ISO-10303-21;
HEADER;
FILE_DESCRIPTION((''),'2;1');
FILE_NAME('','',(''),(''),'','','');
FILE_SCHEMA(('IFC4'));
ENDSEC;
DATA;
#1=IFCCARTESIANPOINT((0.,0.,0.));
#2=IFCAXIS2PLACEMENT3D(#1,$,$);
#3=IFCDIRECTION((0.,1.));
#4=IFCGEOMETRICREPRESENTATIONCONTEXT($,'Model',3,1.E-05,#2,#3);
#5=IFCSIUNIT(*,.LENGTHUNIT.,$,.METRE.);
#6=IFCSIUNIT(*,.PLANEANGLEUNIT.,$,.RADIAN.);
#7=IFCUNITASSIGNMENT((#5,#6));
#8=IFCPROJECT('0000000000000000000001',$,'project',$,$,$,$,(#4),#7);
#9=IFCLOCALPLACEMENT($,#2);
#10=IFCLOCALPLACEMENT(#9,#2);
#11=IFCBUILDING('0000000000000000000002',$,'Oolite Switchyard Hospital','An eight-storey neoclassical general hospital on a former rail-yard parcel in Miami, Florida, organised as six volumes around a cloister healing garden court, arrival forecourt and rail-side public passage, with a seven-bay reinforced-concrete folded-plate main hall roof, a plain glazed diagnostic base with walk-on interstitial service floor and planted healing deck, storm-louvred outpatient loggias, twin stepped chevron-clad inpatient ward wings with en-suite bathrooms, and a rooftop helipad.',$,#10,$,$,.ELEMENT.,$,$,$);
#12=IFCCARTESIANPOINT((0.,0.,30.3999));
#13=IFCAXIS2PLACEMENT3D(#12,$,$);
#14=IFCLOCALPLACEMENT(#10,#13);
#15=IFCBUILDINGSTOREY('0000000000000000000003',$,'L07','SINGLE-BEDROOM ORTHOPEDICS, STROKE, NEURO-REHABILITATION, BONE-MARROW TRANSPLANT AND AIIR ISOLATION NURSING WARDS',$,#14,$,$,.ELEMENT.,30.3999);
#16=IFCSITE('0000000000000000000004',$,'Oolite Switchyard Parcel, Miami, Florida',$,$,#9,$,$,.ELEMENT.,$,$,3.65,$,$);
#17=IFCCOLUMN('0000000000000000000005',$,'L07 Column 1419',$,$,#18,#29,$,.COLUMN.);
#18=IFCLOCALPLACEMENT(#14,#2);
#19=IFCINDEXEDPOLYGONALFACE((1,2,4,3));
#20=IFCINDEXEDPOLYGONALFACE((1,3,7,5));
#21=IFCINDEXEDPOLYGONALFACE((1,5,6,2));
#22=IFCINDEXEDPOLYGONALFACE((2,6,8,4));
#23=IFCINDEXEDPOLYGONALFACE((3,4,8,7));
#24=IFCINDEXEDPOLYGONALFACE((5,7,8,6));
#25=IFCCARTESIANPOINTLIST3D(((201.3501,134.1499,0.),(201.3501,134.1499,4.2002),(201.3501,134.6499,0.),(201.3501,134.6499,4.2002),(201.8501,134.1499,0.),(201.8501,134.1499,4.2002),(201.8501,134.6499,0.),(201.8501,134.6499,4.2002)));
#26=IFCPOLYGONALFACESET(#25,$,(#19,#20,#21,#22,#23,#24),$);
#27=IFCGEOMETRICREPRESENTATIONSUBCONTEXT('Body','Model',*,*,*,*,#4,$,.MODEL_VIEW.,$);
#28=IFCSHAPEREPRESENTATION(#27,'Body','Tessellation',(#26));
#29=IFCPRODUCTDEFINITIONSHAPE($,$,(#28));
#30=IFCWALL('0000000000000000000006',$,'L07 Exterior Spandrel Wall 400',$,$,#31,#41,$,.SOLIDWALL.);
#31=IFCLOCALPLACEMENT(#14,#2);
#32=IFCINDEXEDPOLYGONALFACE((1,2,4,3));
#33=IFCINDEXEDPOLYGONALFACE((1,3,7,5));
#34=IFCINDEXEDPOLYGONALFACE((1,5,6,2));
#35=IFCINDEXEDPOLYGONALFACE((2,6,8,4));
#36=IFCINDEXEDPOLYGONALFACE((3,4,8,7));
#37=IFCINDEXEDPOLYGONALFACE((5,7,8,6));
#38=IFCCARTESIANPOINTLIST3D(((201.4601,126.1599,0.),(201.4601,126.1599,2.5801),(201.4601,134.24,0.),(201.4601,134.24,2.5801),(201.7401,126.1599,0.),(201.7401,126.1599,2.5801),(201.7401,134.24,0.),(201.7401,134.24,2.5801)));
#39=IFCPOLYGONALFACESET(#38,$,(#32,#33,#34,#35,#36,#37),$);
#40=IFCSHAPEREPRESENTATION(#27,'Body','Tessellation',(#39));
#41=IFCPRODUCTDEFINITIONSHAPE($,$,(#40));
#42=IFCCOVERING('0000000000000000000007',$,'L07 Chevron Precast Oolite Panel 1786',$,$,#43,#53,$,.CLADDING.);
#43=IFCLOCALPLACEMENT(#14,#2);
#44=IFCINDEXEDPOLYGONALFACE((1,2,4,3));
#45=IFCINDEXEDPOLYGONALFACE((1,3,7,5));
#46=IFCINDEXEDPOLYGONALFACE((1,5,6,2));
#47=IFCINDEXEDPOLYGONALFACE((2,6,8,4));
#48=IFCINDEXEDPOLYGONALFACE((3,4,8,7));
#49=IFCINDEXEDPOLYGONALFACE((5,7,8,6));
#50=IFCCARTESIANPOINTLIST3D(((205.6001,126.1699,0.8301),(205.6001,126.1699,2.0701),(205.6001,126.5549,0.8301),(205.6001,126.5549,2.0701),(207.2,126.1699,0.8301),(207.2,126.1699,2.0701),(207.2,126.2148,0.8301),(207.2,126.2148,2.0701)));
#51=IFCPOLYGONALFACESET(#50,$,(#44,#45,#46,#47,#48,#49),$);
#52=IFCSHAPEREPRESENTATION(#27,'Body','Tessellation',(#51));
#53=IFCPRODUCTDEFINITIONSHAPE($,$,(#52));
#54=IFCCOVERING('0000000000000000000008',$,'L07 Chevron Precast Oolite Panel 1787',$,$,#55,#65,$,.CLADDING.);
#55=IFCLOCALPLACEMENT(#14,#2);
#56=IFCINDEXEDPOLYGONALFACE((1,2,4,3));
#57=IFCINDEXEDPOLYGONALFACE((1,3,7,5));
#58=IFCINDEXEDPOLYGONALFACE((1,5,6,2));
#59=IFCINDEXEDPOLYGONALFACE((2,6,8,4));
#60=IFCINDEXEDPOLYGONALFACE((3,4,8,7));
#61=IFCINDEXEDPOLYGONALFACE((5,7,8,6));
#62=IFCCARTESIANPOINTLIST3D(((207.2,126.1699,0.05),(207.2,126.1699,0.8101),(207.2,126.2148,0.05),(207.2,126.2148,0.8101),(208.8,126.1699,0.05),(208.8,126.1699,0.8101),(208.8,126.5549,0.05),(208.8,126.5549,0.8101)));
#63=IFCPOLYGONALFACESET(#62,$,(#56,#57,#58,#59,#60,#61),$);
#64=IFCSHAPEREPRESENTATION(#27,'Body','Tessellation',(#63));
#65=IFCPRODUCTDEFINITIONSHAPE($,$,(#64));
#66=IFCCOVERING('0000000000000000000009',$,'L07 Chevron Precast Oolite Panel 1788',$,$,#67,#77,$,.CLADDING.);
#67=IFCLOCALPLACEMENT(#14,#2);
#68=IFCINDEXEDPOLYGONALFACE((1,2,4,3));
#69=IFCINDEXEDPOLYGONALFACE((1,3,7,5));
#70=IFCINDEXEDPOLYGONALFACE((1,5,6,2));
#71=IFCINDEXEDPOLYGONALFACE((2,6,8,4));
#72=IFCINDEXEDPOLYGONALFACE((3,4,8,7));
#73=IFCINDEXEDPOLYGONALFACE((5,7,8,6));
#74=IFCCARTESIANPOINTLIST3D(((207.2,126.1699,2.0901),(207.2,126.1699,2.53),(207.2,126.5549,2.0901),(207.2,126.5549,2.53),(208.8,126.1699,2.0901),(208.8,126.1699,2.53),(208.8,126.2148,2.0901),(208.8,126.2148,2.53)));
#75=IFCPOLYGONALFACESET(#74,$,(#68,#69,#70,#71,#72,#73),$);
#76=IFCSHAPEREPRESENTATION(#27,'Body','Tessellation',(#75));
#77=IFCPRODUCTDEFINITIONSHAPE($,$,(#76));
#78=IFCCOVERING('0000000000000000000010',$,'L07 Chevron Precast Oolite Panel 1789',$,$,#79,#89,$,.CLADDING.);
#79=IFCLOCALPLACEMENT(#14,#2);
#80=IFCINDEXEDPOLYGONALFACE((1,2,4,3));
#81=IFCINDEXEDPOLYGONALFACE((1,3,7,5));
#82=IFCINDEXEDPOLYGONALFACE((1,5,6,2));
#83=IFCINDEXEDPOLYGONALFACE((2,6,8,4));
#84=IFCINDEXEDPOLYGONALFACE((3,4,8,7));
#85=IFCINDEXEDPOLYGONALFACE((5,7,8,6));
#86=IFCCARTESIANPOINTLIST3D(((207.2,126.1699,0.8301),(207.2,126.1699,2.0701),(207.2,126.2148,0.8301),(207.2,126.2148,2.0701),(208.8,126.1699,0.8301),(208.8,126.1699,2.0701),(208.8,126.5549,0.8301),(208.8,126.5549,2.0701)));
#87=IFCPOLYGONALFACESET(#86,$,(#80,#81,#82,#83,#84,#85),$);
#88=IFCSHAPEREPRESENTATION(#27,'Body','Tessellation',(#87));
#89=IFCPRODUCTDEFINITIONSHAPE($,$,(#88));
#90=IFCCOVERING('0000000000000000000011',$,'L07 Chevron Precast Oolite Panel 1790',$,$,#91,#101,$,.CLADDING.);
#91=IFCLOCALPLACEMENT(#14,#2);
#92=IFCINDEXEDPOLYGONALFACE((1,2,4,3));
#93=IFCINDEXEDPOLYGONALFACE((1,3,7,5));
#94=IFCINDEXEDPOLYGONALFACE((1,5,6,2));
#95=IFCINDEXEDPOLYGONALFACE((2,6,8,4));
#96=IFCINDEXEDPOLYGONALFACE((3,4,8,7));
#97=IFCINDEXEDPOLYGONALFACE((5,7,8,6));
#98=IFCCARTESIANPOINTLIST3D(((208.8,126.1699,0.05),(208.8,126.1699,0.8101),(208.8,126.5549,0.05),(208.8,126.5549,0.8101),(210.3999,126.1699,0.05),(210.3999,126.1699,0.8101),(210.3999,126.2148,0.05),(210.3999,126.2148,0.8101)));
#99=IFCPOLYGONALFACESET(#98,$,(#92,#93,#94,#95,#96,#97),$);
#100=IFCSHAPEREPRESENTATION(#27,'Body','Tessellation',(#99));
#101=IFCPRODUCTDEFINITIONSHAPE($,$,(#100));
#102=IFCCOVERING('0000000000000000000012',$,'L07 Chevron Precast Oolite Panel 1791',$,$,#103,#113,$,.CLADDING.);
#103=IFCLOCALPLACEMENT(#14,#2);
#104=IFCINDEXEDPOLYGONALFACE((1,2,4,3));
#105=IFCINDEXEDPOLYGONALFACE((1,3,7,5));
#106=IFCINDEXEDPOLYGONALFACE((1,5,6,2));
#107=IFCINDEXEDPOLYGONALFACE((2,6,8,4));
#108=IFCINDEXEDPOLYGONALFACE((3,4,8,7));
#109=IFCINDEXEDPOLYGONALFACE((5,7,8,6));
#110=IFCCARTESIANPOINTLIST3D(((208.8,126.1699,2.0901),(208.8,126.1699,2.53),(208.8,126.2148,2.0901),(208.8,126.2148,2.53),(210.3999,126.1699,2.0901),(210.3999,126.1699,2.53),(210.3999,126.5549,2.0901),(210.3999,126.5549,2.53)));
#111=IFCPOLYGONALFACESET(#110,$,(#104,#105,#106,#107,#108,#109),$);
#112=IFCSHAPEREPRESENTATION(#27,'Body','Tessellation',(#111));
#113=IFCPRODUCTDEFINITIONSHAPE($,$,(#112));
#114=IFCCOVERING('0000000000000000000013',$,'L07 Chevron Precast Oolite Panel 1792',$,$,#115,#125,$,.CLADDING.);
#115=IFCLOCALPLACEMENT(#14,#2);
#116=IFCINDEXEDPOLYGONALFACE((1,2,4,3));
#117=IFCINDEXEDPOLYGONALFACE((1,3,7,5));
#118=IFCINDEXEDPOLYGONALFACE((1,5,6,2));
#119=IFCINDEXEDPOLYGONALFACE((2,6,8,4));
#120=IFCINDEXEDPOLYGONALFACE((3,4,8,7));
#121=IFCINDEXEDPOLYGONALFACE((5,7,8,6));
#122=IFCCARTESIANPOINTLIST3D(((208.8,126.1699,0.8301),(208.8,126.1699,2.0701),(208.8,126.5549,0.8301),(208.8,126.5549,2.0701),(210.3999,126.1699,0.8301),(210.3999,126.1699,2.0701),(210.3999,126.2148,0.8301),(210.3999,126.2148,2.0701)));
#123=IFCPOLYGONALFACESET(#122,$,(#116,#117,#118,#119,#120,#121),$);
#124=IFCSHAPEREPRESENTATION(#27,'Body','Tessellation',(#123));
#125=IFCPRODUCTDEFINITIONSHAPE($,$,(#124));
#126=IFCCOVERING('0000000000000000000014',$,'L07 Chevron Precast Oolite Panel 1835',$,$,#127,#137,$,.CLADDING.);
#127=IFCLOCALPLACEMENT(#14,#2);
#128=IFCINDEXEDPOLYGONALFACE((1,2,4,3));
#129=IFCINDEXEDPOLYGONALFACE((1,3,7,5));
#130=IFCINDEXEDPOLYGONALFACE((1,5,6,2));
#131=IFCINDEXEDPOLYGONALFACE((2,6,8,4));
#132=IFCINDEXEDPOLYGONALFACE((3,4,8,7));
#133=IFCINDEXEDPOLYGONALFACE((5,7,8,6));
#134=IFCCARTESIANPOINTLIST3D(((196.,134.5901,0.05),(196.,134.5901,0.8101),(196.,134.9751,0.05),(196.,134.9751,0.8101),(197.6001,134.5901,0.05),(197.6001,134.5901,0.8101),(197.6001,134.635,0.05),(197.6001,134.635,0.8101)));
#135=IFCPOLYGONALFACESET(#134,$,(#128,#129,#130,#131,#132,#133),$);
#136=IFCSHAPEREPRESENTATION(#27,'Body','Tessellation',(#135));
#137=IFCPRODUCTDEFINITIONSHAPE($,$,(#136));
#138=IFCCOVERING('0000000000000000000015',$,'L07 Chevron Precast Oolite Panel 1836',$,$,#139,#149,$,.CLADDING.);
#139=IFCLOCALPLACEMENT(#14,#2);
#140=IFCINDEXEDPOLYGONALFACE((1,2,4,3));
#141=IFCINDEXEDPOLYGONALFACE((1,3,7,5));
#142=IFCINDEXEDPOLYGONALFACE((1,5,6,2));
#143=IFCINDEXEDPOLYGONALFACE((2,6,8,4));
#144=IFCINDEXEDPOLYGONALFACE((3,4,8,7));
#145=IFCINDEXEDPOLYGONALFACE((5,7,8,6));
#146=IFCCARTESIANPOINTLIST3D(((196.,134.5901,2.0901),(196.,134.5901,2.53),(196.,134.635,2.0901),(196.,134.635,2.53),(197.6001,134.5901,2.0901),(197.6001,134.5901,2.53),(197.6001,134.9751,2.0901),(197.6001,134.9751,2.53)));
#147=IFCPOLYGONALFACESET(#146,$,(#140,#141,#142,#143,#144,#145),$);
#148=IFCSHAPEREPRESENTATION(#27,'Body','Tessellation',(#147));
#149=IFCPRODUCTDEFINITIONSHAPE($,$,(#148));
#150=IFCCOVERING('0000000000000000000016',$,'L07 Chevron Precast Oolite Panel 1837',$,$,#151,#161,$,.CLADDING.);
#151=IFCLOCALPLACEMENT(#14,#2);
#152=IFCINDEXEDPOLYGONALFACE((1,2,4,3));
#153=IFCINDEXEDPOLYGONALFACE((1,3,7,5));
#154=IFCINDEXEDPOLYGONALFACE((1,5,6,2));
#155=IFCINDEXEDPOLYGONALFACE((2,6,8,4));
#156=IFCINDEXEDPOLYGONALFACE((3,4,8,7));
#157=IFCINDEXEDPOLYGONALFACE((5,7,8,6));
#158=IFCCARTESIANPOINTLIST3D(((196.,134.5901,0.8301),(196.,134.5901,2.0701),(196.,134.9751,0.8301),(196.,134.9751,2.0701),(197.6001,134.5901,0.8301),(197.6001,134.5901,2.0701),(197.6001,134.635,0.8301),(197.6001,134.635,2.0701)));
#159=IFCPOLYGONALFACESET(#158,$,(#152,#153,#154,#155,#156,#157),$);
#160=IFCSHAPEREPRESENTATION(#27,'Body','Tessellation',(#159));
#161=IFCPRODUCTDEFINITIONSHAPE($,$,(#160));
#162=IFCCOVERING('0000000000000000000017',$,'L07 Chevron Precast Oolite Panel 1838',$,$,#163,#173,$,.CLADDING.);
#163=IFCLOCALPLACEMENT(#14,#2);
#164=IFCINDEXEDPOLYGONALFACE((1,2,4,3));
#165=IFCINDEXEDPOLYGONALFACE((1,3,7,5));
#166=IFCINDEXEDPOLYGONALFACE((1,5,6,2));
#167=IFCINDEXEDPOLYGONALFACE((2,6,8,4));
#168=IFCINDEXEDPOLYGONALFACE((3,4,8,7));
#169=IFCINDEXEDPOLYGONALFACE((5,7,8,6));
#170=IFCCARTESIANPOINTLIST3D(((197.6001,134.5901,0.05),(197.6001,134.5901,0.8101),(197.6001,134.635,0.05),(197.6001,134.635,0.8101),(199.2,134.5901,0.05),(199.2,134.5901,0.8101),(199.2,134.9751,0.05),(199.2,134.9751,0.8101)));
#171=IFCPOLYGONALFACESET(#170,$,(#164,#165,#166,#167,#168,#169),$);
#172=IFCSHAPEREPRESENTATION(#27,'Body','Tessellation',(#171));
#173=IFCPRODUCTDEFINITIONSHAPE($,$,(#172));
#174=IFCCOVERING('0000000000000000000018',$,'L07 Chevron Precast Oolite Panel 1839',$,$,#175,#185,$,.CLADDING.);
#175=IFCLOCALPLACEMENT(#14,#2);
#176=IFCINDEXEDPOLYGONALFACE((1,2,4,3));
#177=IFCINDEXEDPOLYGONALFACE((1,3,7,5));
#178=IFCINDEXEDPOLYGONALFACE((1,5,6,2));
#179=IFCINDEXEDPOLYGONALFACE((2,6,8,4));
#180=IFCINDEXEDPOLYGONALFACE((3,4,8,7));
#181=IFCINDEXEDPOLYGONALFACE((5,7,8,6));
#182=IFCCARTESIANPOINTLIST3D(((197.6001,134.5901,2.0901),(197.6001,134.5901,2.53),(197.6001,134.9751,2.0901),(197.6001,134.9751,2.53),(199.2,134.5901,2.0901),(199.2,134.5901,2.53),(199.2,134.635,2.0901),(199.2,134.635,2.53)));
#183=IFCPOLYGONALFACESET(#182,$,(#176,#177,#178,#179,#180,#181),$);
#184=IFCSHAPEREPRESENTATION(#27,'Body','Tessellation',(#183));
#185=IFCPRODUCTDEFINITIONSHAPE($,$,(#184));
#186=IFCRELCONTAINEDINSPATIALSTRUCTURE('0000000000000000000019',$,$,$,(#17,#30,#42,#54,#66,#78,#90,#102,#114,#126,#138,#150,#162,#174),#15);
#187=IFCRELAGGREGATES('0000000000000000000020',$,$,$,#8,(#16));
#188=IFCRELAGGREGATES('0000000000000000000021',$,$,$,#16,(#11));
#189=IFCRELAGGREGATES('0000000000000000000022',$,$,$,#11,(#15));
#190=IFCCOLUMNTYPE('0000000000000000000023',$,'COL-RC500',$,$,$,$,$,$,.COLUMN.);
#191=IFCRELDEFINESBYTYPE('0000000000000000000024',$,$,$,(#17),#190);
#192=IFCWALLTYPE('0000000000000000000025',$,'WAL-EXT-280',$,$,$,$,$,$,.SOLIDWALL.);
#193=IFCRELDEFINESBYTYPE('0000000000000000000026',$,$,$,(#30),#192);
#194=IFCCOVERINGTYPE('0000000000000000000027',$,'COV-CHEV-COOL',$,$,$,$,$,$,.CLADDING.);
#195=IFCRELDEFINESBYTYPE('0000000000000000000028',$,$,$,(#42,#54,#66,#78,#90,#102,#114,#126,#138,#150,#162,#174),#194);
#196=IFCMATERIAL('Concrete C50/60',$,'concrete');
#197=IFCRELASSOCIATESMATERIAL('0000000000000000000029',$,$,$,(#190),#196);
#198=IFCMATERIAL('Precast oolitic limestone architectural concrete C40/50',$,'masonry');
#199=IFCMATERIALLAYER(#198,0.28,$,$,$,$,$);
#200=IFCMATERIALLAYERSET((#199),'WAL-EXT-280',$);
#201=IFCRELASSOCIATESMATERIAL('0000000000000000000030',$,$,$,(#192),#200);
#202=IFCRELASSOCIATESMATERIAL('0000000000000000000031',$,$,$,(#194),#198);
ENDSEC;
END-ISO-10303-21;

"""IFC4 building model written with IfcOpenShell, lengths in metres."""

from ifc_helpers import new_model, si_unit, direction, frame, frame_2d, origin, origin_2d, place, context, subcontext, project, spatial, polyline, rectangle, outline, extrude, material, layer, layer_set, material_profile, profile_set, type_object, element, save


model = new_model("IFC4")

# Units and contexts
model_context = context("Model", 3, precision=1e-05, world=origin(), true_north=direction((0.0, 1.0)))
body_context = subcontext(model_context, "Body", "Model", "MODEL_VIEW")
ifc_project = project(units=[si_unit("LENGTHUNIT", "METRE"), si_unit("PLANEANGLEUNIT", "RADIAN")], contexts=[model_context])

# Site, building, storey
site_placement = place(None, origin())
site = spatial("IfcSite", under=ifc_project, at=site_placement, Name="Oolite Switchyard Parcel, Miami, Florida", CompositionType="ELEMENT", RefElevation=3.65)
building_placement = place(site_placement, origin())
building = spatial("IfcBuilding", under=site, at=building_placement, Name="Oolite Switchyard Hospital", Description="An eight-storey neoclassical general hospital on a former rail-yard parcel in Miami, Florida, organised as six volumes around a cloister healing garden court, arrival forecourt and rail-side public passage, with a seven-bay reinforced-concrete folded-plate main hall roof, a plain glazed diagnostic base with walk-on interstitial service floor and planted healing deck, storm-louvred outpatient loggias, twin stepped chevron-clad inpatient ward wings with en-suite bathrooms, and a rooftop helipad.", CompositionType="ELEMENT")
storey_placement = place(building_placement, frame((0.0, 0.0, 30.3999)))
storey = spatial("IfcBuildingStorey", under=building, at=storey_placement, Name="L07", Description="SINGLE-BEDROOM ORTHOPEDICS, STROKE, NEURO-REHABILITATION, BONE-MARROW TRANSPLANT AND AIIR ISOLATION NURSING WARDS", CompositionType="ELEMENT", Elevation=30.3999)

# Column
ifc_material_1 = material(Name="Concrete C50/60", Category="concrete")
ifc_material_profile = material_profile(ifc_material_1, rectangle(XDim=0.5, YDim=0.5, at=origin_2d()), Name="RC500X500")
ifc_profile_set = profile_set([ifc_material_profile], Name="Concrete C50/60")
column_type = type_object("IfcColumnType", Name="COL-RC500", PredefinedType="COLUMN", material=ifc_profile_set)
column_placement = place(storey_placement, frame((201.6001, 134.3999, 0.0), z_axis=(0.0, 0.0, 1.0), x_axis=(1.0, 0.0, 0.0)))
element("IfcColumn", 1, at=column_placement, inside=storey, type_object=column_type, Name="L07 Column 1419", PredefinedType="COLUMN", context=body_context, shape_type="SweptSolid", body=[
    extrude(rectangle(XDim=0.5, YDim=0.5, at=origin_2d()), origin(), (0.0, 0.0, 1.0), 4.2002),
])

# Wall
ifc_material_2 = material(Name="Precast oolitic limestone architectural concrete C40/50", Category="masonry")
ifc_layer = layer(ifc_material_2, 0.28)
ifc_layer_set = layer_set([ifc_layer], Name="WAL-EXT-280")
wall_type = type_object("IfcWallType", Name="WAL-EXT-280", PredefinedType="SOLIDWALL", material=ifc_layer_set)
wall_placement = place(storey_placement, frame((201.6001, 134.24, 0.0), z_axis=(0.0, 0.0, 1.0), x_axis=(0.0, -1.0, 0.0)))
element("IfcWall", 2, at=wall_placement, inside=storey, type_object=wall_type, Name="L07 Exterior Spandrel Wall 400", PredefinedType="SOLIDWALL", context=body_context, shape_type="SweptSolid", body=[
    extrude(rectangle(XDim=8.0801, YDim=0.28, at=frame_2d((4.04, 0.0))), origin(), (0.0, 0.0, 1.0), 2.5801),
])

# Coverings
covering_type = type_object("IfcCoveringType", Name="COV-CHEV-COOL", PredefinedType="CLADDING", material=ifc_material_2)
covering_1_placement = place(storey_placement, frame((205.6001, 126.1699, 0.8301), z_axis=(0.0, 0.0, 1.0), x_axis=(1.0, 0.0, 0.0)))
element("IfcCovering", 3, at=covering_1_placement, inside=storey, type_object=covering_type, Name="L07 Chevron Precast Oolite Panel 1786", PredefinedType="CLADDING", context=body_context, shape_type="SweptSolid", body=[
    extrude(outline(polyline([(0.0, 0.0), (1.5999, 0.0), (1.5999, 0.0449), (0.0, 0.385), (0.0, 0.0)])), origin(), (0.0, 0.0, 1.0), 1.24),
])
covering_2_placement = place(storey_placement, frame((207.2, 126.1699, 0.05), z_axis=(0.0, 0.0, 1.0), x_axis=(1.0, 0.0, 0.0)))
element("IfcCovering", 4, at=covering_2_placement, inside=storey, type_object=covering_type, Name="L07 Chevron Precast Oolite Panel 1787", PredefinedType="CLADDING", context=body_context, shape_type="SweptSolid", body=[
    extrude(outline(polyline([(0.0, 0.0), (1.6001, 0.0), (1.6001, 0.385), (0.0, 0.0449), (0.0, 0.0)])), origin(), (0.0, 0.0, 1.0), 0.76),
])
covering_3_placement = place(storey_placement, frame((207.2, 126.1699, 2.0901), z_axis=(0.0, 0.0, 1.0), x_axis=(1.0, 0.0, 0.0)))
element("IfcCovering", 5, at=covering_3_placement, inside=storey, type_object=covering_type, Name="L07 Chevron Precast Oolite Panel 1788", PredefinedType="CLADDING", context=body_context, shape_type="SweptSolid", body=[
    extrude(outline(polyline([(0.0, 0.0), (1.6001, 0.0), (1.6001, 0.0449), (0.0, 0.385), (0.0, 0.0)])), origin(), (0.0, 0.0, 1.0), 0.4399),
])
covering_4_placement = place(storey_placement, frame((207.2, 126.1699, 0.8301), z_axis=(0.0, 0.0, 1.0), x_axis=(1.0, 0.0, 0.0)))
element("IfcCovering", 6, at=covering_4_placement, inside=storey, type_object=covering_type, Name="L07 Chevron Precast Oolite Panel 1789", PredefinedType="CLADDING", context=body_context, shape_type="SweptSolid", body=[
    extrude(outline(polyline([(0.0, 0.0), (1.6001, 0.0), (1.6001, 0.385), (0.0, 0.0449), (0.0, 0.0)])), origin(), (0.0, 0.0, 1.0), 1.24),
])
covering_5_placement = place(storey_placement, frame((208.8, 126.1699, 0.05), z_axis=(0.0, 0.0, 1.0), x_axis=(1.0, 0.0, 0.0)))
element("IfcCovering", 7, at=covering_5_placement, inside=storey, type_object=covering_type, Name="L07 Chevron Precast Oolite Panel 1790", PredefinedType="CLADDING", context=body_context, shape_type="SweptSolid", body=[
    extrude(outline(polyline([(0.0, 0.0), (1.5999, 0.0), (1.5999, 0.0449), (0.0, 0.385), (0.0, 0.0)])), origin(), (0.0, 0.0, 1.0), 0.76),
])
covering_6_placement = place(storey_placement, frame((208.8, 126.1699, 2.0901), z_axis=(0.0, 0.0, 1.0), x_axis=(1.0, 0.0, 0.0)))
element("IfcCovering", 8, at=covering_6_placement, inside=storey, type_object=covering_type, Name="L07 Chevron Precast Oolite Panel 1791", PredefinedType="CLADDING", context=body_context, shape_type="SweptSolid", body=[
    extrude(outline(polyline([(0.0, 0.0), (1.5999, 0.0), (1.5999, 0.385), (0.0, 0.0449), (0.0, 0.0)])), origin(), (0.0, 0.0, 1.0), 0.4399),
])
covering_7_placement = place(storey_placement, frame((208.8, 126.1699, 0.8301), z_axis=(0.0, 0.0, 1.0), x_axis=(1.0, 0.0, 0.0)))
element("IfcCovering", 9, at=covering_7_placement, inside=storey, type_object=covering_type, Name="L07 Chevron Precast Oolite Panel 1792", PredefinedType="CLADDING", context=body_context, shape_type="SweptSolid", body=[
    extrude(outline(polyline([(0.0, 0.0), (1.5999, 0.0), (1.5999, 0.0449), (0.0, 0.385), (0.0, 0.0)])), origin(), (0.0, 0.0, 1.0), 1.24),
])
covering_8_placement = place(storey_placement, frame((196.0, 134.5901, 0.05), z_axis=(0.0, 0.0, 1.0), x_axis=(1.0, 0.0, 0.0)))
element("IfcCovering", 10, at=covering_8_placement, inside=storey, type_object=covering_type, Name="L07 Chevron Precast Oolite Panel 1835", PredefinedType="CLADDING", context=body_context, shape_type="SweptSolid", body=[
    extrude(outline(polyline([(0.0, 0.0), (1.6001, 0.0), (1.6001, 0.0449), (0.0, 0.385), (0.0, 0.0)])), origin(), (0.0, 0.0, 1.0), 0.76),
])
covering_9_placement = place(storey_placement, frame((196.0, 134.5901, 2.0901), z_axis=(0.0, 0.0, 1.0), x_axis=(1.0, 0.0, 0.0)))
element("IfcCovering", 11, at=covering_9_placement, inside=storey, type_object=covering_type, Name="L07 Chevron Precast Oolite Panel 1836", PredefinedType="CLADDING", context=body_context, shape_type="SweptSolid", body=[
    extrude(outline(polyline([(0.0, 0.0), (1.6001, 0.0), (1.6001, 0.385), (0.0, 0.0449), (0.0, 0.0)])), origin(), (0.0, 0.0, 1.0), 0.4399),
])
covering_10_placement = place(storey_placement, frame((196.0, 134.5901, 0.8301), z_axis=(0.0, 0.0, 1.0), x_axis=(1.0, 0.0, 0.0)))
element("IfcCovering", 12, at=covering_10_placement, inside=storey, type_object=covering_type, Name="L07 Chevron Precast Oolite Panel 1837", PredefinedType="CLADDING", context=body_context, shape_type="SweptSolid", body=[
    extrude(outline(polyline([(0.0, 0.0), (1.6001, 0.0), (1.6001, 0.0449), (0.0, 0.385), (0.0, 0.0)])), origin(), (0.0, 0.0, 1.0), 1.24),
])
covering_11_placement = place(storey_placement, frame((197.6001, 134.5901, 0.05), z_axis=(0.0, 0.0, 1.0), x_axis=(1.0, 0.0, 0.0)))
element("IfcCovering", 13, at=covering_11_placement, inside=storey, type_object=covering_type, Name="L07 Chevron Precast Oolite Panel 1838", PredefinedType="CLADDING", context=body_context, shape_type="SweptSolid", body=[
    extrude(outline(polyline([(0.0, 0.0), (1.5999, 0.0), (1.5999, 0.385), (0.0, 0.0449), (0.0, 0.0)])), origin(), (0.0, 0.0, 1.0), 0.76),
])
covering_12_placement = place(storey_placement, frame((197.6001, 134.5901, 2.0901), z_axis=(0.0, 0.0, 1.0), x_axis=(1.0, 0.0, 0.0)))
element("IfcCovering", 14, at=covering_12_placement, inside=storey, type_object=covering_type, Name="L07 Chevron Precast Oolite Panel 1839", PredefinedType="CLADDING", context=body_context, shape_type="SweptSolid", body=[
    extrude(outline(polyline([(0.0, 0.0), (1.5999, 0.0), (1.5999, 0.0449), (0.0, 0.385), (0.0, 0.0)])), origin(), (0.0, 0.0, 1.0), 0.4399),
])

save(model, "model.ifc")
